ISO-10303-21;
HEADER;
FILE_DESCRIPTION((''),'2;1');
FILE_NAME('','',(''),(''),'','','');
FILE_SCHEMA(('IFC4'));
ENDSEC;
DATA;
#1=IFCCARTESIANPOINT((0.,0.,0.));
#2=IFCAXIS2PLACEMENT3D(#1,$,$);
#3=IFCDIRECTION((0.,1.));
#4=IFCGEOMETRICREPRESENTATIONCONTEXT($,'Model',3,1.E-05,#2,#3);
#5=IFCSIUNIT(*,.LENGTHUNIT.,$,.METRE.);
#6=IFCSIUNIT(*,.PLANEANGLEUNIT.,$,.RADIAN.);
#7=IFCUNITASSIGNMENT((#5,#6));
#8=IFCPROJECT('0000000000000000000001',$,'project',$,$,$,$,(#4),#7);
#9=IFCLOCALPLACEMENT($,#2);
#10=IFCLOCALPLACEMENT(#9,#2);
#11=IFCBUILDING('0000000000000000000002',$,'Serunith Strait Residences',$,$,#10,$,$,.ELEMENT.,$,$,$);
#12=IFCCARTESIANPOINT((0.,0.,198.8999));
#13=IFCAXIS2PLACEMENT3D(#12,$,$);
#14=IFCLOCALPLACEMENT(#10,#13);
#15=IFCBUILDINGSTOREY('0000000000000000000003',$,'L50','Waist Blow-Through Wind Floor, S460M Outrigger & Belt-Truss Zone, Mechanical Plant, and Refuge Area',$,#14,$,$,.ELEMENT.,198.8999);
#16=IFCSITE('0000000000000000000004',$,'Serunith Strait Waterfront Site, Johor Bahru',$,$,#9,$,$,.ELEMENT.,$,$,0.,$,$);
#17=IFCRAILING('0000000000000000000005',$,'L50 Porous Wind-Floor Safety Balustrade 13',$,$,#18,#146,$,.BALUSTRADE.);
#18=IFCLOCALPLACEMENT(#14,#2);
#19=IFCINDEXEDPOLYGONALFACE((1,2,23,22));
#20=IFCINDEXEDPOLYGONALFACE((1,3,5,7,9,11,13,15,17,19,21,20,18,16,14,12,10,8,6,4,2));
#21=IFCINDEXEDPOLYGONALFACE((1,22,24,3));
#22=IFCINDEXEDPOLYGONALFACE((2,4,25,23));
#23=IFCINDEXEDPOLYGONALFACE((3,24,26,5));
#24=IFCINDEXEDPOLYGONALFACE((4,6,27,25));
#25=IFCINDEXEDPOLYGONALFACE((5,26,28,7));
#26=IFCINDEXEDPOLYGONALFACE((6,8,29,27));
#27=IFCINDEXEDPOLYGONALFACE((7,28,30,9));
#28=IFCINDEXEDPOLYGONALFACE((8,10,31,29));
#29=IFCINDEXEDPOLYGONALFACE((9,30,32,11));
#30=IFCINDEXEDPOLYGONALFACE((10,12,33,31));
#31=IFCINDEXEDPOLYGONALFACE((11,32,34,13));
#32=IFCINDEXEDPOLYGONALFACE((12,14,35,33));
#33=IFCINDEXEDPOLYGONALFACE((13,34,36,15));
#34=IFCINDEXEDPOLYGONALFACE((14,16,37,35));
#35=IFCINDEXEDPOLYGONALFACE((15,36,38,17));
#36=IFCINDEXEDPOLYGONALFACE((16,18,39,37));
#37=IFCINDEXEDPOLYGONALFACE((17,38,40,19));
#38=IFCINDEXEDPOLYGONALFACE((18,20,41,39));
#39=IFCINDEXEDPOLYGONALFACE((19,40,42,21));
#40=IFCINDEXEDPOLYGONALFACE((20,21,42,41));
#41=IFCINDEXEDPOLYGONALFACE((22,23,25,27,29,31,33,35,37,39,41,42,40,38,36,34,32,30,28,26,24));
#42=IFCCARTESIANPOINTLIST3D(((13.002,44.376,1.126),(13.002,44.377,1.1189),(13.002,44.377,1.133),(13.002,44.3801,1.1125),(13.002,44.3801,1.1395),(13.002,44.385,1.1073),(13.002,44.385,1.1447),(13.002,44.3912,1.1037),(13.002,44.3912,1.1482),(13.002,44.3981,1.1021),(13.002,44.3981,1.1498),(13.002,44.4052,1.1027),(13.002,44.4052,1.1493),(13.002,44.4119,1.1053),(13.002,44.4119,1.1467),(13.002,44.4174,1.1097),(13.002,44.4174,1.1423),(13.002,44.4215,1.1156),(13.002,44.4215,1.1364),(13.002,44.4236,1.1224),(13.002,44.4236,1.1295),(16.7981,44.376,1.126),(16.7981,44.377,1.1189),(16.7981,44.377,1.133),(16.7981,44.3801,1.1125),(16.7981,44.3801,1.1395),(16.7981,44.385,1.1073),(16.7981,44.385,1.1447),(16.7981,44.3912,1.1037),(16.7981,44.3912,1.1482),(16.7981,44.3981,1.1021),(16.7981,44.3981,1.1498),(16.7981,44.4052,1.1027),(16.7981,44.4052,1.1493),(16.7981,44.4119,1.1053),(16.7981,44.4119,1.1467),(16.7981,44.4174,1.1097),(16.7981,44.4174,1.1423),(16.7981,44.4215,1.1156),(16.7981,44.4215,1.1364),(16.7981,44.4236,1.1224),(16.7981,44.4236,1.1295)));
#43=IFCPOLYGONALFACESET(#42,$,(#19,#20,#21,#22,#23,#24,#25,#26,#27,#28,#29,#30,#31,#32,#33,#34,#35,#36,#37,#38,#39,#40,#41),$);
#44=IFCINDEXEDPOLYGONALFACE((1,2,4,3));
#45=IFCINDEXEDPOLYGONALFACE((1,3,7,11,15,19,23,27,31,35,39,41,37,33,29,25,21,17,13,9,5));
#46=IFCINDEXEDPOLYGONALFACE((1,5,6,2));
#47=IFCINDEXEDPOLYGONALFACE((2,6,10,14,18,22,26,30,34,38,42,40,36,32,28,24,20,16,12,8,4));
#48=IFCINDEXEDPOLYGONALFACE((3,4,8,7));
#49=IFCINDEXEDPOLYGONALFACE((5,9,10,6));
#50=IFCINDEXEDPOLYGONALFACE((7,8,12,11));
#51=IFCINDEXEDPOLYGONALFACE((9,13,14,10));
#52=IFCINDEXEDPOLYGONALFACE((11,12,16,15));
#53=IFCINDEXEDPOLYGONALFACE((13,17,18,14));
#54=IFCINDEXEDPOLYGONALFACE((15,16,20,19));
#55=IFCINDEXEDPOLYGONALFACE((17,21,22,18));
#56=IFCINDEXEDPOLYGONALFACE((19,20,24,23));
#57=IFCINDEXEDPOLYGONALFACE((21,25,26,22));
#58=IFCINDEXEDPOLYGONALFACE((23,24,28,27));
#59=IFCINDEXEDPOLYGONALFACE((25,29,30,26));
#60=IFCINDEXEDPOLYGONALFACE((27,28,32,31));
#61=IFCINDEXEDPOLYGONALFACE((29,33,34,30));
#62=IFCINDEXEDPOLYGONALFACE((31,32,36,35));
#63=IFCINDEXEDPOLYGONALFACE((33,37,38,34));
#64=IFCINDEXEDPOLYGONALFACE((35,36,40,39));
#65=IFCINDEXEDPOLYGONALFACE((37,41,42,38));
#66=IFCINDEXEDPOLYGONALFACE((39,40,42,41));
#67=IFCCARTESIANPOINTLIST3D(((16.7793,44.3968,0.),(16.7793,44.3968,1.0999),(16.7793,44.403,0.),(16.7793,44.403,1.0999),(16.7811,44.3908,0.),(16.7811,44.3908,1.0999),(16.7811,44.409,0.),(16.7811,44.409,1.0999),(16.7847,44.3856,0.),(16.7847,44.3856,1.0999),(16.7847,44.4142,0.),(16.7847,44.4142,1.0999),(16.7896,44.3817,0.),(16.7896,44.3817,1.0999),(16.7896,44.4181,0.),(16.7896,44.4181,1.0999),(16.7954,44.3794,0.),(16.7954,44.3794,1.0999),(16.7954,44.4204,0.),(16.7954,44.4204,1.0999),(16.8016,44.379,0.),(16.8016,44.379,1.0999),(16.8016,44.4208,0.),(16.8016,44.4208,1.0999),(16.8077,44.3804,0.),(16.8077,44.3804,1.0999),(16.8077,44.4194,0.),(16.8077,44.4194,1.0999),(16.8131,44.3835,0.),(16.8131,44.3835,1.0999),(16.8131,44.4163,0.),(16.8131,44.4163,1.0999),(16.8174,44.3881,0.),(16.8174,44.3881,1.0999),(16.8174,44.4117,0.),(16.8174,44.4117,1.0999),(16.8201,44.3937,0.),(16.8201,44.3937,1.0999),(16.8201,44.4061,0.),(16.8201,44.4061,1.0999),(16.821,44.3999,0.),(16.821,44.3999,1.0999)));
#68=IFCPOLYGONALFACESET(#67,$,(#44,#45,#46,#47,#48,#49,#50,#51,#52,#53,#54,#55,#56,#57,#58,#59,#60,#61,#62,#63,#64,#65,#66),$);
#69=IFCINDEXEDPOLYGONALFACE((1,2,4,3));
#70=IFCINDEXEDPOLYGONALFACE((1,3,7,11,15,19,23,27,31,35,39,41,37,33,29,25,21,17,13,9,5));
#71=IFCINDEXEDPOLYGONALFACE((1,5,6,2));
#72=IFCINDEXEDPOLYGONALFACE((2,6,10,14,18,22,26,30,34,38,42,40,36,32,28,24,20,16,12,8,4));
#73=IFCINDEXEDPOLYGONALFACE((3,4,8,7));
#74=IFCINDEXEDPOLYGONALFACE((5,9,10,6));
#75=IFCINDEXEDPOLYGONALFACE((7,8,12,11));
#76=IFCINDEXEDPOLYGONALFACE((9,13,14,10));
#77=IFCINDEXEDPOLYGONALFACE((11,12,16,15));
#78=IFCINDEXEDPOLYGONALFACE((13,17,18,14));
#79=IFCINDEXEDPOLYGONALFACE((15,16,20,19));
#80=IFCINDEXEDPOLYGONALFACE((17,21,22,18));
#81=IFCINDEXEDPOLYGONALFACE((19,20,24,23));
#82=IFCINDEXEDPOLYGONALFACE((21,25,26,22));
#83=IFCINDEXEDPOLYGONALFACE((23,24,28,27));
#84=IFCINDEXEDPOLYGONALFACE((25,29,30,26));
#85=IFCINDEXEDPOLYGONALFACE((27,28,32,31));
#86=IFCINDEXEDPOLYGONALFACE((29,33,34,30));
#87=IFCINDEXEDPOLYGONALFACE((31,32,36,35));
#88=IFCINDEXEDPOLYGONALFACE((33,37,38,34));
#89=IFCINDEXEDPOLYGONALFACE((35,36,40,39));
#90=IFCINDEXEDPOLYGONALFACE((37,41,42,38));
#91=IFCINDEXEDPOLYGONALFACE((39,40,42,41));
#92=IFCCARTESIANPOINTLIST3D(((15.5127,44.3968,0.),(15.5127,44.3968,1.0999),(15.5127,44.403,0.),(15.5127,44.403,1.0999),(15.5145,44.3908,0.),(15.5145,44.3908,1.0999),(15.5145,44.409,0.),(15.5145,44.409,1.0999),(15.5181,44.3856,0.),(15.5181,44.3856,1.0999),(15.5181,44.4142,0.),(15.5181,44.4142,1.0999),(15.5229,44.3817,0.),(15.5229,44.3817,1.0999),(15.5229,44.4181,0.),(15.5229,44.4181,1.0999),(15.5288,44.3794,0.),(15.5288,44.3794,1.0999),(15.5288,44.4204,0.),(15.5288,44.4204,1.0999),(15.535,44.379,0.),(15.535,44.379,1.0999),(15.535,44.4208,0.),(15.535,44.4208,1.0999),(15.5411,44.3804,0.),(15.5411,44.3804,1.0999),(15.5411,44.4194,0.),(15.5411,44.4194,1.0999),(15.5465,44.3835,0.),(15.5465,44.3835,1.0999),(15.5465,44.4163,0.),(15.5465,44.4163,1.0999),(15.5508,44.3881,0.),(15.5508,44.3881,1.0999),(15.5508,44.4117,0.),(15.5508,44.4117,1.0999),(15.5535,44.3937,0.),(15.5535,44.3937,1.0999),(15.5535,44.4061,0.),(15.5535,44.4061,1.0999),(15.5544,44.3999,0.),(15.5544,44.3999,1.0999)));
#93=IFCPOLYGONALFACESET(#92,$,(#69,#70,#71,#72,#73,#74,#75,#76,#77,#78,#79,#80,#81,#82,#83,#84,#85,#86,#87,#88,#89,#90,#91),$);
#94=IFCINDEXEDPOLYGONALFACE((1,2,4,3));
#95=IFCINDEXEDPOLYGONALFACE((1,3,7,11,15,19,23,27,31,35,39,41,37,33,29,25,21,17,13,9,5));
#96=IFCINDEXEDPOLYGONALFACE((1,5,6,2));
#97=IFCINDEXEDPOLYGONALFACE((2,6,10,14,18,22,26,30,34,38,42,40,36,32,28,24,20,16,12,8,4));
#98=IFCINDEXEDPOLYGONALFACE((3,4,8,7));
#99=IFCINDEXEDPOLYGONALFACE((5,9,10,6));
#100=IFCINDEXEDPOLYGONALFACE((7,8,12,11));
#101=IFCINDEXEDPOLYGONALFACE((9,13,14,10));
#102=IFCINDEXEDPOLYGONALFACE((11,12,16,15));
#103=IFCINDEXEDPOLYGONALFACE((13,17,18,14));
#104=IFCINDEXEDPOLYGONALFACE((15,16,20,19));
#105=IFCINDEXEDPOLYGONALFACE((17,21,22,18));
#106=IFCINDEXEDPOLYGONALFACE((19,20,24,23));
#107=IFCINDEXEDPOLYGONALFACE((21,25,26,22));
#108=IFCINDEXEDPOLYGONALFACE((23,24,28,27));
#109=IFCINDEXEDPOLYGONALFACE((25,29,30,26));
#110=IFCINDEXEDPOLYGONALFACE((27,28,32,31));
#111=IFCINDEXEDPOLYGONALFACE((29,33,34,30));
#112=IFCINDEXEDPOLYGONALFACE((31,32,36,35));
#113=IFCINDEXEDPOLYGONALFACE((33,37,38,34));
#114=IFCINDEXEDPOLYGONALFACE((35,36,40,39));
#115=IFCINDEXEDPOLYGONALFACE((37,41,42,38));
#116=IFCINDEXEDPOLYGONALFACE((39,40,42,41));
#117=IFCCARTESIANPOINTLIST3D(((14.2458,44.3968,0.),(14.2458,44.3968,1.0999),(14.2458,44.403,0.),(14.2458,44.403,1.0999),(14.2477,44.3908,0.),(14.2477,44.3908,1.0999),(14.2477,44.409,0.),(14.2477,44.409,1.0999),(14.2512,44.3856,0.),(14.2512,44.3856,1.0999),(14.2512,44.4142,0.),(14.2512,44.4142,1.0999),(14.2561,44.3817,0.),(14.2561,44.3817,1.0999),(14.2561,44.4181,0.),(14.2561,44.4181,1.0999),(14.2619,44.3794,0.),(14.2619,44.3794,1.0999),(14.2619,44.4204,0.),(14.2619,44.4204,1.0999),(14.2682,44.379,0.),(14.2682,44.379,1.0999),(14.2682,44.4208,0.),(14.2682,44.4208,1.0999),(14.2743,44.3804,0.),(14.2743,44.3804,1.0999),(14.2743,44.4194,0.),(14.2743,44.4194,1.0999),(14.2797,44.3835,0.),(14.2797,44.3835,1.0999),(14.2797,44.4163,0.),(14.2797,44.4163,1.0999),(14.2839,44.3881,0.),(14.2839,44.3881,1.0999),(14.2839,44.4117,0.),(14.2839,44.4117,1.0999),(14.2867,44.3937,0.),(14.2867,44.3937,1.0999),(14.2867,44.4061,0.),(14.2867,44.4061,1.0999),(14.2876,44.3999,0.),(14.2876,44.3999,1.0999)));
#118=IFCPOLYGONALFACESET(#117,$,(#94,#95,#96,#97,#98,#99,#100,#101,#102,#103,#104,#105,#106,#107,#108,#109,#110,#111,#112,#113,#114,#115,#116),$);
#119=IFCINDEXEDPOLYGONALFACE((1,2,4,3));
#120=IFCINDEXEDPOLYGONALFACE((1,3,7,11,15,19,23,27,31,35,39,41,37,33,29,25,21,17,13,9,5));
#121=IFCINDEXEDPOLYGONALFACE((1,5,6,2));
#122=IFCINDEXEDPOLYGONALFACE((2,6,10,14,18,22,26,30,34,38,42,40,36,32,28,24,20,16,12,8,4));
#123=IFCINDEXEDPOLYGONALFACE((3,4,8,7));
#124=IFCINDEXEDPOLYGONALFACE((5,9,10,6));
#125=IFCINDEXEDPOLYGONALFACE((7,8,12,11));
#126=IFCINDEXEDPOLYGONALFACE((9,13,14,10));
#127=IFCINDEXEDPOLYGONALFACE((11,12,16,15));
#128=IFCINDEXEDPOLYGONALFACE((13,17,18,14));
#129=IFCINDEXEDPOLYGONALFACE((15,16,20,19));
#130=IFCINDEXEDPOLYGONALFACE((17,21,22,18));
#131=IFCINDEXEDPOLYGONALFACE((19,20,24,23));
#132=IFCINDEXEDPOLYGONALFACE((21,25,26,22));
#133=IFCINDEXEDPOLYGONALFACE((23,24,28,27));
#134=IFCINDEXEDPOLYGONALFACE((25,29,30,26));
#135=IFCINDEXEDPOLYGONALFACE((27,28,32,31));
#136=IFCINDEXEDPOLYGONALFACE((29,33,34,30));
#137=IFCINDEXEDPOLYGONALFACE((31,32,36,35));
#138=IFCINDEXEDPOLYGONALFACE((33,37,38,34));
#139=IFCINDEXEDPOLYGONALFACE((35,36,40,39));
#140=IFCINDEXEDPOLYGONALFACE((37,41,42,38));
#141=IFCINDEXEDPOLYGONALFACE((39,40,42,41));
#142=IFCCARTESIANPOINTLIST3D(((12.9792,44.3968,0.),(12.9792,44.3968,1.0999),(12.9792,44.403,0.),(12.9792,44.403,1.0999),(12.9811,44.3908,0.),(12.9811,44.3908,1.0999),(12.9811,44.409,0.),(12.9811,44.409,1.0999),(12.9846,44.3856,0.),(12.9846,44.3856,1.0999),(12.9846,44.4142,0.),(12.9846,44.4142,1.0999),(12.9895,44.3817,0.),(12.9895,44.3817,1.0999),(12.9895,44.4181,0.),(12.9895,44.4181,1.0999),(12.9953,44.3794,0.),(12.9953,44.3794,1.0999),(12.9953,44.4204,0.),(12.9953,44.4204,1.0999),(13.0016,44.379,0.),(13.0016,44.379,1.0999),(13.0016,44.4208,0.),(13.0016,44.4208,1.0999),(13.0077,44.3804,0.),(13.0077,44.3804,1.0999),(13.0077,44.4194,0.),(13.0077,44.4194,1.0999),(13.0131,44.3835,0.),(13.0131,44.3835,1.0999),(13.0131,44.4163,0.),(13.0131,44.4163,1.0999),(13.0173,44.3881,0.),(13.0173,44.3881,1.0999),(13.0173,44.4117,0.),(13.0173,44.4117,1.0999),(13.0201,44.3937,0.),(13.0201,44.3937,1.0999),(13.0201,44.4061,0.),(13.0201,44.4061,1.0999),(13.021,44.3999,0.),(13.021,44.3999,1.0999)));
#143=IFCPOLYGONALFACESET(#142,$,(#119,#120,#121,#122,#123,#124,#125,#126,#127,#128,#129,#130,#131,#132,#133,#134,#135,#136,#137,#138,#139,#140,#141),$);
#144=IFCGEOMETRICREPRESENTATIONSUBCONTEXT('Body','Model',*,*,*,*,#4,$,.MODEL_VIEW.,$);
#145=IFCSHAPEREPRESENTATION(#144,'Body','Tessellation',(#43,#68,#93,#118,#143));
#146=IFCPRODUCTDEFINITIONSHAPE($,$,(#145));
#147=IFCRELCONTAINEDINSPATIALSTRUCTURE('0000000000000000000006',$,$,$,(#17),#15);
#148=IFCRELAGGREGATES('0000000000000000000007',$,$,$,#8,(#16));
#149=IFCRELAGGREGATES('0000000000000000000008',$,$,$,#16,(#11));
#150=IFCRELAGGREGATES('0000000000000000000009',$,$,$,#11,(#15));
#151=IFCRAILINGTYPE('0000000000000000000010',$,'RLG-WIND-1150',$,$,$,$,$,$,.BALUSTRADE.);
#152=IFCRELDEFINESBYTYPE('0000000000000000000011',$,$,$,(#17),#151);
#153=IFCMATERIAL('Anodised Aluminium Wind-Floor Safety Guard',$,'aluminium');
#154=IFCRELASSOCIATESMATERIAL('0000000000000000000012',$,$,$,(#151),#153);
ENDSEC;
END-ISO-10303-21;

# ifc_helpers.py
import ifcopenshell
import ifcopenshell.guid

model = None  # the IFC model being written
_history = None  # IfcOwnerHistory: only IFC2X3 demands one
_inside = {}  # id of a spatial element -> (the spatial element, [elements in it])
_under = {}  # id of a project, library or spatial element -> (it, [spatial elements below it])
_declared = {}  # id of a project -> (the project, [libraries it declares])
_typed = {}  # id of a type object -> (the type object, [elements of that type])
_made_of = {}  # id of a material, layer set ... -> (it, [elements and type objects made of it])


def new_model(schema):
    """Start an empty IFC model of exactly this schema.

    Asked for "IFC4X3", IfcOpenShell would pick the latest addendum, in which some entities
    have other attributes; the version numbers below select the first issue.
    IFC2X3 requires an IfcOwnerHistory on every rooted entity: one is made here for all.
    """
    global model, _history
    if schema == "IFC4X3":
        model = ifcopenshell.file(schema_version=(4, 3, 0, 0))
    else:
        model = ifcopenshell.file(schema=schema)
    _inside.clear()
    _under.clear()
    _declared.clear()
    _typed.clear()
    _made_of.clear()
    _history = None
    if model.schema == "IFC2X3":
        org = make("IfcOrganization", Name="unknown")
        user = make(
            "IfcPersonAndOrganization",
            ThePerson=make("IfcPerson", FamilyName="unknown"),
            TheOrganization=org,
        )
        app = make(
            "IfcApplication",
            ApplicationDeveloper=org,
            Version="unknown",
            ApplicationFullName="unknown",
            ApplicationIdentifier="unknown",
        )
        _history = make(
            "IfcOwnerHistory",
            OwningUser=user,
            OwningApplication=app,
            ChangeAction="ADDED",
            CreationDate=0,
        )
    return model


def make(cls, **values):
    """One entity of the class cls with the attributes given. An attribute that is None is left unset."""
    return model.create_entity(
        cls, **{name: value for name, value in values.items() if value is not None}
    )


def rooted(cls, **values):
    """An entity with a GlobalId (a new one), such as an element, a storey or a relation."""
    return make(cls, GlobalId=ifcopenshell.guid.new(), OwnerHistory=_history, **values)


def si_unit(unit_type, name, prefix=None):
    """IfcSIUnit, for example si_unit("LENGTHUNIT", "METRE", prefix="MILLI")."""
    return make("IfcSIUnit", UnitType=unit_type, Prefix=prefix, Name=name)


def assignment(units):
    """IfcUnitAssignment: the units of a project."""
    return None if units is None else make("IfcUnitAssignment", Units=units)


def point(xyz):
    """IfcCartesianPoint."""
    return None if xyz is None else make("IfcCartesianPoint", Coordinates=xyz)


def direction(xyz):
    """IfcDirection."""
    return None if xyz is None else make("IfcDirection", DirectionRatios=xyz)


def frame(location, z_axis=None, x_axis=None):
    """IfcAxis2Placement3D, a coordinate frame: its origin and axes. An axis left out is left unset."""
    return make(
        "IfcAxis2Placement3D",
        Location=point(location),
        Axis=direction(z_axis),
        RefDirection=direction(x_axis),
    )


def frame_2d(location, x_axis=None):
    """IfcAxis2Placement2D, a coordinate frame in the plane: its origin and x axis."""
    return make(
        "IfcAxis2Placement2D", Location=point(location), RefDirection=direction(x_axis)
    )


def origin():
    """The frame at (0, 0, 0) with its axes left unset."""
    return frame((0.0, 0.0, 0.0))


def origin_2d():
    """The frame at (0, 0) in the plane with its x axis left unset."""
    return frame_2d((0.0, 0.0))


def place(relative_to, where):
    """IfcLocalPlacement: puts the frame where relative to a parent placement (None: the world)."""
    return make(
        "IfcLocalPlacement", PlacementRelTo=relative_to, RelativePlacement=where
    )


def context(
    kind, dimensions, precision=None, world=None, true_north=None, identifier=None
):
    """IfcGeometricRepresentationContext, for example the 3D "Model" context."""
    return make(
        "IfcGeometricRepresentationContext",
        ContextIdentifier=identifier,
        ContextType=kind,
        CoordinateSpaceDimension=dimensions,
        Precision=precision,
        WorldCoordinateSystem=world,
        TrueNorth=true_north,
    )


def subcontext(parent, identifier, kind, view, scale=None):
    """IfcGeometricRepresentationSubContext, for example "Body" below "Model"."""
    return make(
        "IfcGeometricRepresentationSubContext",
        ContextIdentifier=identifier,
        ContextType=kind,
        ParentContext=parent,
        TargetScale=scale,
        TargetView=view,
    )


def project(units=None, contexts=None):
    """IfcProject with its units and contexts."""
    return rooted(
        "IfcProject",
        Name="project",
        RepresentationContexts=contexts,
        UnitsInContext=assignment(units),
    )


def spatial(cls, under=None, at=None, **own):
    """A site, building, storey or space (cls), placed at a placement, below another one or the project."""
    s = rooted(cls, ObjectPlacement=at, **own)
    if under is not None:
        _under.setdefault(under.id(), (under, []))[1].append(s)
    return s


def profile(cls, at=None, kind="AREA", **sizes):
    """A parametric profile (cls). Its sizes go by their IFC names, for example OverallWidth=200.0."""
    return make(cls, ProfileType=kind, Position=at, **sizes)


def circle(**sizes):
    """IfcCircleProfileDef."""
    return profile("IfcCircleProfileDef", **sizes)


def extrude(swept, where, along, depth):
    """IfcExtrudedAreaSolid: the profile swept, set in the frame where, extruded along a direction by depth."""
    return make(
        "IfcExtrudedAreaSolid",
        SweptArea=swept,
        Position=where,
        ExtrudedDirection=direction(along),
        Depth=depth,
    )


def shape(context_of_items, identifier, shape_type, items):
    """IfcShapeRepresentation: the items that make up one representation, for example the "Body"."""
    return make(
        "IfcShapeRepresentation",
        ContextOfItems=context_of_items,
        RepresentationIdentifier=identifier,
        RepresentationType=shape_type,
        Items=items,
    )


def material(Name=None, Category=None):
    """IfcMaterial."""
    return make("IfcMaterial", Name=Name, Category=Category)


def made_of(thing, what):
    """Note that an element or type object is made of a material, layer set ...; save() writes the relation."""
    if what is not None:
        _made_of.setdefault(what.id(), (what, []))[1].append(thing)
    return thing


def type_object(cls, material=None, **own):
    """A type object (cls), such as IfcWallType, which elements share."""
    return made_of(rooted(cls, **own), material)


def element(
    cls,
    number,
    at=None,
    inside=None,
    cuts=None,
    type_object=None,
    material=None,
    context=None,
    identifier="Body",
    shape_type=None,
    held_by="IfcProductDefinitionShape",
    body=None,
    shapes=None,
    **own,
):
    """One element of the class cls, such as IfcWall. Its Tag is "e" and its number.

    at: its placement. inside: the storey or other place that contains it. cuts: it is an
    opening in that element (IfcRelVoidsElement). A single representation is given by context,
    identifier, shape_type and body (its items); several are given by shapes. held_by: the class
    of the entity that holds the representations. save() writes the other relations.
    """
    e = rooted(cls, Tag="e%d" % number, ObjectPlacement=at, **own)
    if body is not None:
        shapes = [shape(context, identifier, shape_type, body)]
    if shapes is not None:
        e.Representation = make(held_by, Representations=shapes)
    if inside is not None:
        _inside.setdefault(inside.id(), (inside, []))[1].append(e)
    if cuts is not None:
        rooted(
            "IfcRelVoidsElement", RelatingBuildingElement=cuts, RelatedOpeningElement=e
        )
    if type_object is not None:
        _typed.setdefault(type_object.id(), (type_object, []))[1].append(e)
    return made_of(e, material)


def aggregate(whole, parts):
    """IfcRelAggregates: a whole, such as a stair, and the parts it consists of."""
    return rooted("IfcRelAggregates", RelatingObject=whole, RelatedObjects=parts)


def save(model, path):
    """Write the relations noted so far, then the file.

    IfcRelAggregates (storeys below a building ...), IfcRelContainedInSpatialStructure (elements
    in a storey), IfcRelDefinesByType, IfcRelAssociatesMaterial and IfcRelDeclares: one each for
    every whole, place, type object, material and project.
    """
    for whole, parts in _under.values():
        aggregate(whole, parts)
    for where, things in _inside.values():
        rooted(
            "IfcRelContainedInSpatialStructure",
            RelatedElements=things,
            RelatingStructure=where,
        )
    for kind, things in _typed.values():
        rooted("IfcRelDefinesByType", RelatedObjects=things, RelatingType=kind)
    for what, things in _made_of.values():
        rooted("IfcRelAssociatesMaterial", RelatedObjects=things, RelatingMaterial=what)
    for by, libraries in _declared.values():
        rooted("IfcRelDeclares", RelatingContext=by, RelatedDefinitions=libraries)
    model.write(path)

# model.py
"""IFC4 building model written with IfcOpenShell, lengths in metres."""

from ifc_helpers import new_model, si_unit, direction, frame, origin, origin_2d, place, context, subcontext, project, spatial, circle, extrude, material, type_object, element, save


model = new_model("IFC4")

# Units and contexts
model_context = context("Model", 3, precision=1e-05, world=origin(), true_north=direction((0.0, 1.0)))
body_context = subcontext(model_context, "Body", "Model", "MODEL_VIEW")
ifc_project = project(units=[si_unit("LENGTHUNIT", "METRE"), si_unit("PLANEANGLEUNIT", "RADIAN")], contexts=[model_context])

# Site, building, storey
site_placement = place(None, origin())
site = spatial("IfcSite", under=ifc_project, at=site_placement, Name="Serunith Strait Waterfront Site, Johor Bahru", CompositionType="ELEMENT", RefElevation=0.0)
building_placement = place(site_placement, origin())
building = spatial("IfcBuilding", under=site, at=building_placement, Name="Serunith Strait Residences", CompositionType="ELEMENT")
storey_placement = place(building_placement, frame((0.0, 0.0, 198.8999)))
storey = spatial("IfcBuildingStorey", under=building, at=storey_placement, Name="L50", Description="Waist Blow-Through Wind Floor, S460M Outrigger & Belt-Truss Zone, Mechanical Plant, and Refuge Area", CompositionType="ELEMENT", Elevation=198.8999)

# Railing
ifc_material_1 = material(Name="Anodised Aluminium Wind-Floor Safety Guard", Category="aluminium")
railing_type = type_object("IfcRailingType", Name="RLG-WIND-1150", PredefinedType="BALUSTRADE", material=ifc_material_1)
railing_1_placement = place(storey_placement, frame((16.8, 44.3999, 0.0)))
element("IfcRailing", 1, at=railing_1_placement, inside=storey, type_object=railing_type, Name="L50 Porous Wind-Floor Safety Balustrade 13", PredefinedType="BALUSTRADE", context=body_context, shape_type="SweptSolid", body=[
    extrude(circle(Radius=0.0239, at=origin_2d()), frame((-0.002, 0.0, 1.126), z_axis=(-1.0, 0.0, 0.0), x_axis=(0.0, -1.0, 0.0)), (0.0, 0.0, 1.0), 3.7961),
    extrude(circle(Radius=0.021, at=origin_2d()), origin(), (0.0, 0.0, 1.0), 1.0999),
    extrude(circle(Radius=0.021, at=origin_2d()), frame((-1.2666, 0.0, 0.0)), (0.0, 0.0, 1.0), 1.0999),
    extrude(circle(Radius=0.021, at=origin_2d()), frame((-2.5334, 0.0, 0.0)), (0.0, 0.0, 1.0), 1.0999),
    extrude(circle(Radius=0.021, at=origin_2d()), frame((-3.8, 0.0, 0.0)), (0.0, 0.0, 1.0), 1.0999),
])

save(model, "model.ifc")
